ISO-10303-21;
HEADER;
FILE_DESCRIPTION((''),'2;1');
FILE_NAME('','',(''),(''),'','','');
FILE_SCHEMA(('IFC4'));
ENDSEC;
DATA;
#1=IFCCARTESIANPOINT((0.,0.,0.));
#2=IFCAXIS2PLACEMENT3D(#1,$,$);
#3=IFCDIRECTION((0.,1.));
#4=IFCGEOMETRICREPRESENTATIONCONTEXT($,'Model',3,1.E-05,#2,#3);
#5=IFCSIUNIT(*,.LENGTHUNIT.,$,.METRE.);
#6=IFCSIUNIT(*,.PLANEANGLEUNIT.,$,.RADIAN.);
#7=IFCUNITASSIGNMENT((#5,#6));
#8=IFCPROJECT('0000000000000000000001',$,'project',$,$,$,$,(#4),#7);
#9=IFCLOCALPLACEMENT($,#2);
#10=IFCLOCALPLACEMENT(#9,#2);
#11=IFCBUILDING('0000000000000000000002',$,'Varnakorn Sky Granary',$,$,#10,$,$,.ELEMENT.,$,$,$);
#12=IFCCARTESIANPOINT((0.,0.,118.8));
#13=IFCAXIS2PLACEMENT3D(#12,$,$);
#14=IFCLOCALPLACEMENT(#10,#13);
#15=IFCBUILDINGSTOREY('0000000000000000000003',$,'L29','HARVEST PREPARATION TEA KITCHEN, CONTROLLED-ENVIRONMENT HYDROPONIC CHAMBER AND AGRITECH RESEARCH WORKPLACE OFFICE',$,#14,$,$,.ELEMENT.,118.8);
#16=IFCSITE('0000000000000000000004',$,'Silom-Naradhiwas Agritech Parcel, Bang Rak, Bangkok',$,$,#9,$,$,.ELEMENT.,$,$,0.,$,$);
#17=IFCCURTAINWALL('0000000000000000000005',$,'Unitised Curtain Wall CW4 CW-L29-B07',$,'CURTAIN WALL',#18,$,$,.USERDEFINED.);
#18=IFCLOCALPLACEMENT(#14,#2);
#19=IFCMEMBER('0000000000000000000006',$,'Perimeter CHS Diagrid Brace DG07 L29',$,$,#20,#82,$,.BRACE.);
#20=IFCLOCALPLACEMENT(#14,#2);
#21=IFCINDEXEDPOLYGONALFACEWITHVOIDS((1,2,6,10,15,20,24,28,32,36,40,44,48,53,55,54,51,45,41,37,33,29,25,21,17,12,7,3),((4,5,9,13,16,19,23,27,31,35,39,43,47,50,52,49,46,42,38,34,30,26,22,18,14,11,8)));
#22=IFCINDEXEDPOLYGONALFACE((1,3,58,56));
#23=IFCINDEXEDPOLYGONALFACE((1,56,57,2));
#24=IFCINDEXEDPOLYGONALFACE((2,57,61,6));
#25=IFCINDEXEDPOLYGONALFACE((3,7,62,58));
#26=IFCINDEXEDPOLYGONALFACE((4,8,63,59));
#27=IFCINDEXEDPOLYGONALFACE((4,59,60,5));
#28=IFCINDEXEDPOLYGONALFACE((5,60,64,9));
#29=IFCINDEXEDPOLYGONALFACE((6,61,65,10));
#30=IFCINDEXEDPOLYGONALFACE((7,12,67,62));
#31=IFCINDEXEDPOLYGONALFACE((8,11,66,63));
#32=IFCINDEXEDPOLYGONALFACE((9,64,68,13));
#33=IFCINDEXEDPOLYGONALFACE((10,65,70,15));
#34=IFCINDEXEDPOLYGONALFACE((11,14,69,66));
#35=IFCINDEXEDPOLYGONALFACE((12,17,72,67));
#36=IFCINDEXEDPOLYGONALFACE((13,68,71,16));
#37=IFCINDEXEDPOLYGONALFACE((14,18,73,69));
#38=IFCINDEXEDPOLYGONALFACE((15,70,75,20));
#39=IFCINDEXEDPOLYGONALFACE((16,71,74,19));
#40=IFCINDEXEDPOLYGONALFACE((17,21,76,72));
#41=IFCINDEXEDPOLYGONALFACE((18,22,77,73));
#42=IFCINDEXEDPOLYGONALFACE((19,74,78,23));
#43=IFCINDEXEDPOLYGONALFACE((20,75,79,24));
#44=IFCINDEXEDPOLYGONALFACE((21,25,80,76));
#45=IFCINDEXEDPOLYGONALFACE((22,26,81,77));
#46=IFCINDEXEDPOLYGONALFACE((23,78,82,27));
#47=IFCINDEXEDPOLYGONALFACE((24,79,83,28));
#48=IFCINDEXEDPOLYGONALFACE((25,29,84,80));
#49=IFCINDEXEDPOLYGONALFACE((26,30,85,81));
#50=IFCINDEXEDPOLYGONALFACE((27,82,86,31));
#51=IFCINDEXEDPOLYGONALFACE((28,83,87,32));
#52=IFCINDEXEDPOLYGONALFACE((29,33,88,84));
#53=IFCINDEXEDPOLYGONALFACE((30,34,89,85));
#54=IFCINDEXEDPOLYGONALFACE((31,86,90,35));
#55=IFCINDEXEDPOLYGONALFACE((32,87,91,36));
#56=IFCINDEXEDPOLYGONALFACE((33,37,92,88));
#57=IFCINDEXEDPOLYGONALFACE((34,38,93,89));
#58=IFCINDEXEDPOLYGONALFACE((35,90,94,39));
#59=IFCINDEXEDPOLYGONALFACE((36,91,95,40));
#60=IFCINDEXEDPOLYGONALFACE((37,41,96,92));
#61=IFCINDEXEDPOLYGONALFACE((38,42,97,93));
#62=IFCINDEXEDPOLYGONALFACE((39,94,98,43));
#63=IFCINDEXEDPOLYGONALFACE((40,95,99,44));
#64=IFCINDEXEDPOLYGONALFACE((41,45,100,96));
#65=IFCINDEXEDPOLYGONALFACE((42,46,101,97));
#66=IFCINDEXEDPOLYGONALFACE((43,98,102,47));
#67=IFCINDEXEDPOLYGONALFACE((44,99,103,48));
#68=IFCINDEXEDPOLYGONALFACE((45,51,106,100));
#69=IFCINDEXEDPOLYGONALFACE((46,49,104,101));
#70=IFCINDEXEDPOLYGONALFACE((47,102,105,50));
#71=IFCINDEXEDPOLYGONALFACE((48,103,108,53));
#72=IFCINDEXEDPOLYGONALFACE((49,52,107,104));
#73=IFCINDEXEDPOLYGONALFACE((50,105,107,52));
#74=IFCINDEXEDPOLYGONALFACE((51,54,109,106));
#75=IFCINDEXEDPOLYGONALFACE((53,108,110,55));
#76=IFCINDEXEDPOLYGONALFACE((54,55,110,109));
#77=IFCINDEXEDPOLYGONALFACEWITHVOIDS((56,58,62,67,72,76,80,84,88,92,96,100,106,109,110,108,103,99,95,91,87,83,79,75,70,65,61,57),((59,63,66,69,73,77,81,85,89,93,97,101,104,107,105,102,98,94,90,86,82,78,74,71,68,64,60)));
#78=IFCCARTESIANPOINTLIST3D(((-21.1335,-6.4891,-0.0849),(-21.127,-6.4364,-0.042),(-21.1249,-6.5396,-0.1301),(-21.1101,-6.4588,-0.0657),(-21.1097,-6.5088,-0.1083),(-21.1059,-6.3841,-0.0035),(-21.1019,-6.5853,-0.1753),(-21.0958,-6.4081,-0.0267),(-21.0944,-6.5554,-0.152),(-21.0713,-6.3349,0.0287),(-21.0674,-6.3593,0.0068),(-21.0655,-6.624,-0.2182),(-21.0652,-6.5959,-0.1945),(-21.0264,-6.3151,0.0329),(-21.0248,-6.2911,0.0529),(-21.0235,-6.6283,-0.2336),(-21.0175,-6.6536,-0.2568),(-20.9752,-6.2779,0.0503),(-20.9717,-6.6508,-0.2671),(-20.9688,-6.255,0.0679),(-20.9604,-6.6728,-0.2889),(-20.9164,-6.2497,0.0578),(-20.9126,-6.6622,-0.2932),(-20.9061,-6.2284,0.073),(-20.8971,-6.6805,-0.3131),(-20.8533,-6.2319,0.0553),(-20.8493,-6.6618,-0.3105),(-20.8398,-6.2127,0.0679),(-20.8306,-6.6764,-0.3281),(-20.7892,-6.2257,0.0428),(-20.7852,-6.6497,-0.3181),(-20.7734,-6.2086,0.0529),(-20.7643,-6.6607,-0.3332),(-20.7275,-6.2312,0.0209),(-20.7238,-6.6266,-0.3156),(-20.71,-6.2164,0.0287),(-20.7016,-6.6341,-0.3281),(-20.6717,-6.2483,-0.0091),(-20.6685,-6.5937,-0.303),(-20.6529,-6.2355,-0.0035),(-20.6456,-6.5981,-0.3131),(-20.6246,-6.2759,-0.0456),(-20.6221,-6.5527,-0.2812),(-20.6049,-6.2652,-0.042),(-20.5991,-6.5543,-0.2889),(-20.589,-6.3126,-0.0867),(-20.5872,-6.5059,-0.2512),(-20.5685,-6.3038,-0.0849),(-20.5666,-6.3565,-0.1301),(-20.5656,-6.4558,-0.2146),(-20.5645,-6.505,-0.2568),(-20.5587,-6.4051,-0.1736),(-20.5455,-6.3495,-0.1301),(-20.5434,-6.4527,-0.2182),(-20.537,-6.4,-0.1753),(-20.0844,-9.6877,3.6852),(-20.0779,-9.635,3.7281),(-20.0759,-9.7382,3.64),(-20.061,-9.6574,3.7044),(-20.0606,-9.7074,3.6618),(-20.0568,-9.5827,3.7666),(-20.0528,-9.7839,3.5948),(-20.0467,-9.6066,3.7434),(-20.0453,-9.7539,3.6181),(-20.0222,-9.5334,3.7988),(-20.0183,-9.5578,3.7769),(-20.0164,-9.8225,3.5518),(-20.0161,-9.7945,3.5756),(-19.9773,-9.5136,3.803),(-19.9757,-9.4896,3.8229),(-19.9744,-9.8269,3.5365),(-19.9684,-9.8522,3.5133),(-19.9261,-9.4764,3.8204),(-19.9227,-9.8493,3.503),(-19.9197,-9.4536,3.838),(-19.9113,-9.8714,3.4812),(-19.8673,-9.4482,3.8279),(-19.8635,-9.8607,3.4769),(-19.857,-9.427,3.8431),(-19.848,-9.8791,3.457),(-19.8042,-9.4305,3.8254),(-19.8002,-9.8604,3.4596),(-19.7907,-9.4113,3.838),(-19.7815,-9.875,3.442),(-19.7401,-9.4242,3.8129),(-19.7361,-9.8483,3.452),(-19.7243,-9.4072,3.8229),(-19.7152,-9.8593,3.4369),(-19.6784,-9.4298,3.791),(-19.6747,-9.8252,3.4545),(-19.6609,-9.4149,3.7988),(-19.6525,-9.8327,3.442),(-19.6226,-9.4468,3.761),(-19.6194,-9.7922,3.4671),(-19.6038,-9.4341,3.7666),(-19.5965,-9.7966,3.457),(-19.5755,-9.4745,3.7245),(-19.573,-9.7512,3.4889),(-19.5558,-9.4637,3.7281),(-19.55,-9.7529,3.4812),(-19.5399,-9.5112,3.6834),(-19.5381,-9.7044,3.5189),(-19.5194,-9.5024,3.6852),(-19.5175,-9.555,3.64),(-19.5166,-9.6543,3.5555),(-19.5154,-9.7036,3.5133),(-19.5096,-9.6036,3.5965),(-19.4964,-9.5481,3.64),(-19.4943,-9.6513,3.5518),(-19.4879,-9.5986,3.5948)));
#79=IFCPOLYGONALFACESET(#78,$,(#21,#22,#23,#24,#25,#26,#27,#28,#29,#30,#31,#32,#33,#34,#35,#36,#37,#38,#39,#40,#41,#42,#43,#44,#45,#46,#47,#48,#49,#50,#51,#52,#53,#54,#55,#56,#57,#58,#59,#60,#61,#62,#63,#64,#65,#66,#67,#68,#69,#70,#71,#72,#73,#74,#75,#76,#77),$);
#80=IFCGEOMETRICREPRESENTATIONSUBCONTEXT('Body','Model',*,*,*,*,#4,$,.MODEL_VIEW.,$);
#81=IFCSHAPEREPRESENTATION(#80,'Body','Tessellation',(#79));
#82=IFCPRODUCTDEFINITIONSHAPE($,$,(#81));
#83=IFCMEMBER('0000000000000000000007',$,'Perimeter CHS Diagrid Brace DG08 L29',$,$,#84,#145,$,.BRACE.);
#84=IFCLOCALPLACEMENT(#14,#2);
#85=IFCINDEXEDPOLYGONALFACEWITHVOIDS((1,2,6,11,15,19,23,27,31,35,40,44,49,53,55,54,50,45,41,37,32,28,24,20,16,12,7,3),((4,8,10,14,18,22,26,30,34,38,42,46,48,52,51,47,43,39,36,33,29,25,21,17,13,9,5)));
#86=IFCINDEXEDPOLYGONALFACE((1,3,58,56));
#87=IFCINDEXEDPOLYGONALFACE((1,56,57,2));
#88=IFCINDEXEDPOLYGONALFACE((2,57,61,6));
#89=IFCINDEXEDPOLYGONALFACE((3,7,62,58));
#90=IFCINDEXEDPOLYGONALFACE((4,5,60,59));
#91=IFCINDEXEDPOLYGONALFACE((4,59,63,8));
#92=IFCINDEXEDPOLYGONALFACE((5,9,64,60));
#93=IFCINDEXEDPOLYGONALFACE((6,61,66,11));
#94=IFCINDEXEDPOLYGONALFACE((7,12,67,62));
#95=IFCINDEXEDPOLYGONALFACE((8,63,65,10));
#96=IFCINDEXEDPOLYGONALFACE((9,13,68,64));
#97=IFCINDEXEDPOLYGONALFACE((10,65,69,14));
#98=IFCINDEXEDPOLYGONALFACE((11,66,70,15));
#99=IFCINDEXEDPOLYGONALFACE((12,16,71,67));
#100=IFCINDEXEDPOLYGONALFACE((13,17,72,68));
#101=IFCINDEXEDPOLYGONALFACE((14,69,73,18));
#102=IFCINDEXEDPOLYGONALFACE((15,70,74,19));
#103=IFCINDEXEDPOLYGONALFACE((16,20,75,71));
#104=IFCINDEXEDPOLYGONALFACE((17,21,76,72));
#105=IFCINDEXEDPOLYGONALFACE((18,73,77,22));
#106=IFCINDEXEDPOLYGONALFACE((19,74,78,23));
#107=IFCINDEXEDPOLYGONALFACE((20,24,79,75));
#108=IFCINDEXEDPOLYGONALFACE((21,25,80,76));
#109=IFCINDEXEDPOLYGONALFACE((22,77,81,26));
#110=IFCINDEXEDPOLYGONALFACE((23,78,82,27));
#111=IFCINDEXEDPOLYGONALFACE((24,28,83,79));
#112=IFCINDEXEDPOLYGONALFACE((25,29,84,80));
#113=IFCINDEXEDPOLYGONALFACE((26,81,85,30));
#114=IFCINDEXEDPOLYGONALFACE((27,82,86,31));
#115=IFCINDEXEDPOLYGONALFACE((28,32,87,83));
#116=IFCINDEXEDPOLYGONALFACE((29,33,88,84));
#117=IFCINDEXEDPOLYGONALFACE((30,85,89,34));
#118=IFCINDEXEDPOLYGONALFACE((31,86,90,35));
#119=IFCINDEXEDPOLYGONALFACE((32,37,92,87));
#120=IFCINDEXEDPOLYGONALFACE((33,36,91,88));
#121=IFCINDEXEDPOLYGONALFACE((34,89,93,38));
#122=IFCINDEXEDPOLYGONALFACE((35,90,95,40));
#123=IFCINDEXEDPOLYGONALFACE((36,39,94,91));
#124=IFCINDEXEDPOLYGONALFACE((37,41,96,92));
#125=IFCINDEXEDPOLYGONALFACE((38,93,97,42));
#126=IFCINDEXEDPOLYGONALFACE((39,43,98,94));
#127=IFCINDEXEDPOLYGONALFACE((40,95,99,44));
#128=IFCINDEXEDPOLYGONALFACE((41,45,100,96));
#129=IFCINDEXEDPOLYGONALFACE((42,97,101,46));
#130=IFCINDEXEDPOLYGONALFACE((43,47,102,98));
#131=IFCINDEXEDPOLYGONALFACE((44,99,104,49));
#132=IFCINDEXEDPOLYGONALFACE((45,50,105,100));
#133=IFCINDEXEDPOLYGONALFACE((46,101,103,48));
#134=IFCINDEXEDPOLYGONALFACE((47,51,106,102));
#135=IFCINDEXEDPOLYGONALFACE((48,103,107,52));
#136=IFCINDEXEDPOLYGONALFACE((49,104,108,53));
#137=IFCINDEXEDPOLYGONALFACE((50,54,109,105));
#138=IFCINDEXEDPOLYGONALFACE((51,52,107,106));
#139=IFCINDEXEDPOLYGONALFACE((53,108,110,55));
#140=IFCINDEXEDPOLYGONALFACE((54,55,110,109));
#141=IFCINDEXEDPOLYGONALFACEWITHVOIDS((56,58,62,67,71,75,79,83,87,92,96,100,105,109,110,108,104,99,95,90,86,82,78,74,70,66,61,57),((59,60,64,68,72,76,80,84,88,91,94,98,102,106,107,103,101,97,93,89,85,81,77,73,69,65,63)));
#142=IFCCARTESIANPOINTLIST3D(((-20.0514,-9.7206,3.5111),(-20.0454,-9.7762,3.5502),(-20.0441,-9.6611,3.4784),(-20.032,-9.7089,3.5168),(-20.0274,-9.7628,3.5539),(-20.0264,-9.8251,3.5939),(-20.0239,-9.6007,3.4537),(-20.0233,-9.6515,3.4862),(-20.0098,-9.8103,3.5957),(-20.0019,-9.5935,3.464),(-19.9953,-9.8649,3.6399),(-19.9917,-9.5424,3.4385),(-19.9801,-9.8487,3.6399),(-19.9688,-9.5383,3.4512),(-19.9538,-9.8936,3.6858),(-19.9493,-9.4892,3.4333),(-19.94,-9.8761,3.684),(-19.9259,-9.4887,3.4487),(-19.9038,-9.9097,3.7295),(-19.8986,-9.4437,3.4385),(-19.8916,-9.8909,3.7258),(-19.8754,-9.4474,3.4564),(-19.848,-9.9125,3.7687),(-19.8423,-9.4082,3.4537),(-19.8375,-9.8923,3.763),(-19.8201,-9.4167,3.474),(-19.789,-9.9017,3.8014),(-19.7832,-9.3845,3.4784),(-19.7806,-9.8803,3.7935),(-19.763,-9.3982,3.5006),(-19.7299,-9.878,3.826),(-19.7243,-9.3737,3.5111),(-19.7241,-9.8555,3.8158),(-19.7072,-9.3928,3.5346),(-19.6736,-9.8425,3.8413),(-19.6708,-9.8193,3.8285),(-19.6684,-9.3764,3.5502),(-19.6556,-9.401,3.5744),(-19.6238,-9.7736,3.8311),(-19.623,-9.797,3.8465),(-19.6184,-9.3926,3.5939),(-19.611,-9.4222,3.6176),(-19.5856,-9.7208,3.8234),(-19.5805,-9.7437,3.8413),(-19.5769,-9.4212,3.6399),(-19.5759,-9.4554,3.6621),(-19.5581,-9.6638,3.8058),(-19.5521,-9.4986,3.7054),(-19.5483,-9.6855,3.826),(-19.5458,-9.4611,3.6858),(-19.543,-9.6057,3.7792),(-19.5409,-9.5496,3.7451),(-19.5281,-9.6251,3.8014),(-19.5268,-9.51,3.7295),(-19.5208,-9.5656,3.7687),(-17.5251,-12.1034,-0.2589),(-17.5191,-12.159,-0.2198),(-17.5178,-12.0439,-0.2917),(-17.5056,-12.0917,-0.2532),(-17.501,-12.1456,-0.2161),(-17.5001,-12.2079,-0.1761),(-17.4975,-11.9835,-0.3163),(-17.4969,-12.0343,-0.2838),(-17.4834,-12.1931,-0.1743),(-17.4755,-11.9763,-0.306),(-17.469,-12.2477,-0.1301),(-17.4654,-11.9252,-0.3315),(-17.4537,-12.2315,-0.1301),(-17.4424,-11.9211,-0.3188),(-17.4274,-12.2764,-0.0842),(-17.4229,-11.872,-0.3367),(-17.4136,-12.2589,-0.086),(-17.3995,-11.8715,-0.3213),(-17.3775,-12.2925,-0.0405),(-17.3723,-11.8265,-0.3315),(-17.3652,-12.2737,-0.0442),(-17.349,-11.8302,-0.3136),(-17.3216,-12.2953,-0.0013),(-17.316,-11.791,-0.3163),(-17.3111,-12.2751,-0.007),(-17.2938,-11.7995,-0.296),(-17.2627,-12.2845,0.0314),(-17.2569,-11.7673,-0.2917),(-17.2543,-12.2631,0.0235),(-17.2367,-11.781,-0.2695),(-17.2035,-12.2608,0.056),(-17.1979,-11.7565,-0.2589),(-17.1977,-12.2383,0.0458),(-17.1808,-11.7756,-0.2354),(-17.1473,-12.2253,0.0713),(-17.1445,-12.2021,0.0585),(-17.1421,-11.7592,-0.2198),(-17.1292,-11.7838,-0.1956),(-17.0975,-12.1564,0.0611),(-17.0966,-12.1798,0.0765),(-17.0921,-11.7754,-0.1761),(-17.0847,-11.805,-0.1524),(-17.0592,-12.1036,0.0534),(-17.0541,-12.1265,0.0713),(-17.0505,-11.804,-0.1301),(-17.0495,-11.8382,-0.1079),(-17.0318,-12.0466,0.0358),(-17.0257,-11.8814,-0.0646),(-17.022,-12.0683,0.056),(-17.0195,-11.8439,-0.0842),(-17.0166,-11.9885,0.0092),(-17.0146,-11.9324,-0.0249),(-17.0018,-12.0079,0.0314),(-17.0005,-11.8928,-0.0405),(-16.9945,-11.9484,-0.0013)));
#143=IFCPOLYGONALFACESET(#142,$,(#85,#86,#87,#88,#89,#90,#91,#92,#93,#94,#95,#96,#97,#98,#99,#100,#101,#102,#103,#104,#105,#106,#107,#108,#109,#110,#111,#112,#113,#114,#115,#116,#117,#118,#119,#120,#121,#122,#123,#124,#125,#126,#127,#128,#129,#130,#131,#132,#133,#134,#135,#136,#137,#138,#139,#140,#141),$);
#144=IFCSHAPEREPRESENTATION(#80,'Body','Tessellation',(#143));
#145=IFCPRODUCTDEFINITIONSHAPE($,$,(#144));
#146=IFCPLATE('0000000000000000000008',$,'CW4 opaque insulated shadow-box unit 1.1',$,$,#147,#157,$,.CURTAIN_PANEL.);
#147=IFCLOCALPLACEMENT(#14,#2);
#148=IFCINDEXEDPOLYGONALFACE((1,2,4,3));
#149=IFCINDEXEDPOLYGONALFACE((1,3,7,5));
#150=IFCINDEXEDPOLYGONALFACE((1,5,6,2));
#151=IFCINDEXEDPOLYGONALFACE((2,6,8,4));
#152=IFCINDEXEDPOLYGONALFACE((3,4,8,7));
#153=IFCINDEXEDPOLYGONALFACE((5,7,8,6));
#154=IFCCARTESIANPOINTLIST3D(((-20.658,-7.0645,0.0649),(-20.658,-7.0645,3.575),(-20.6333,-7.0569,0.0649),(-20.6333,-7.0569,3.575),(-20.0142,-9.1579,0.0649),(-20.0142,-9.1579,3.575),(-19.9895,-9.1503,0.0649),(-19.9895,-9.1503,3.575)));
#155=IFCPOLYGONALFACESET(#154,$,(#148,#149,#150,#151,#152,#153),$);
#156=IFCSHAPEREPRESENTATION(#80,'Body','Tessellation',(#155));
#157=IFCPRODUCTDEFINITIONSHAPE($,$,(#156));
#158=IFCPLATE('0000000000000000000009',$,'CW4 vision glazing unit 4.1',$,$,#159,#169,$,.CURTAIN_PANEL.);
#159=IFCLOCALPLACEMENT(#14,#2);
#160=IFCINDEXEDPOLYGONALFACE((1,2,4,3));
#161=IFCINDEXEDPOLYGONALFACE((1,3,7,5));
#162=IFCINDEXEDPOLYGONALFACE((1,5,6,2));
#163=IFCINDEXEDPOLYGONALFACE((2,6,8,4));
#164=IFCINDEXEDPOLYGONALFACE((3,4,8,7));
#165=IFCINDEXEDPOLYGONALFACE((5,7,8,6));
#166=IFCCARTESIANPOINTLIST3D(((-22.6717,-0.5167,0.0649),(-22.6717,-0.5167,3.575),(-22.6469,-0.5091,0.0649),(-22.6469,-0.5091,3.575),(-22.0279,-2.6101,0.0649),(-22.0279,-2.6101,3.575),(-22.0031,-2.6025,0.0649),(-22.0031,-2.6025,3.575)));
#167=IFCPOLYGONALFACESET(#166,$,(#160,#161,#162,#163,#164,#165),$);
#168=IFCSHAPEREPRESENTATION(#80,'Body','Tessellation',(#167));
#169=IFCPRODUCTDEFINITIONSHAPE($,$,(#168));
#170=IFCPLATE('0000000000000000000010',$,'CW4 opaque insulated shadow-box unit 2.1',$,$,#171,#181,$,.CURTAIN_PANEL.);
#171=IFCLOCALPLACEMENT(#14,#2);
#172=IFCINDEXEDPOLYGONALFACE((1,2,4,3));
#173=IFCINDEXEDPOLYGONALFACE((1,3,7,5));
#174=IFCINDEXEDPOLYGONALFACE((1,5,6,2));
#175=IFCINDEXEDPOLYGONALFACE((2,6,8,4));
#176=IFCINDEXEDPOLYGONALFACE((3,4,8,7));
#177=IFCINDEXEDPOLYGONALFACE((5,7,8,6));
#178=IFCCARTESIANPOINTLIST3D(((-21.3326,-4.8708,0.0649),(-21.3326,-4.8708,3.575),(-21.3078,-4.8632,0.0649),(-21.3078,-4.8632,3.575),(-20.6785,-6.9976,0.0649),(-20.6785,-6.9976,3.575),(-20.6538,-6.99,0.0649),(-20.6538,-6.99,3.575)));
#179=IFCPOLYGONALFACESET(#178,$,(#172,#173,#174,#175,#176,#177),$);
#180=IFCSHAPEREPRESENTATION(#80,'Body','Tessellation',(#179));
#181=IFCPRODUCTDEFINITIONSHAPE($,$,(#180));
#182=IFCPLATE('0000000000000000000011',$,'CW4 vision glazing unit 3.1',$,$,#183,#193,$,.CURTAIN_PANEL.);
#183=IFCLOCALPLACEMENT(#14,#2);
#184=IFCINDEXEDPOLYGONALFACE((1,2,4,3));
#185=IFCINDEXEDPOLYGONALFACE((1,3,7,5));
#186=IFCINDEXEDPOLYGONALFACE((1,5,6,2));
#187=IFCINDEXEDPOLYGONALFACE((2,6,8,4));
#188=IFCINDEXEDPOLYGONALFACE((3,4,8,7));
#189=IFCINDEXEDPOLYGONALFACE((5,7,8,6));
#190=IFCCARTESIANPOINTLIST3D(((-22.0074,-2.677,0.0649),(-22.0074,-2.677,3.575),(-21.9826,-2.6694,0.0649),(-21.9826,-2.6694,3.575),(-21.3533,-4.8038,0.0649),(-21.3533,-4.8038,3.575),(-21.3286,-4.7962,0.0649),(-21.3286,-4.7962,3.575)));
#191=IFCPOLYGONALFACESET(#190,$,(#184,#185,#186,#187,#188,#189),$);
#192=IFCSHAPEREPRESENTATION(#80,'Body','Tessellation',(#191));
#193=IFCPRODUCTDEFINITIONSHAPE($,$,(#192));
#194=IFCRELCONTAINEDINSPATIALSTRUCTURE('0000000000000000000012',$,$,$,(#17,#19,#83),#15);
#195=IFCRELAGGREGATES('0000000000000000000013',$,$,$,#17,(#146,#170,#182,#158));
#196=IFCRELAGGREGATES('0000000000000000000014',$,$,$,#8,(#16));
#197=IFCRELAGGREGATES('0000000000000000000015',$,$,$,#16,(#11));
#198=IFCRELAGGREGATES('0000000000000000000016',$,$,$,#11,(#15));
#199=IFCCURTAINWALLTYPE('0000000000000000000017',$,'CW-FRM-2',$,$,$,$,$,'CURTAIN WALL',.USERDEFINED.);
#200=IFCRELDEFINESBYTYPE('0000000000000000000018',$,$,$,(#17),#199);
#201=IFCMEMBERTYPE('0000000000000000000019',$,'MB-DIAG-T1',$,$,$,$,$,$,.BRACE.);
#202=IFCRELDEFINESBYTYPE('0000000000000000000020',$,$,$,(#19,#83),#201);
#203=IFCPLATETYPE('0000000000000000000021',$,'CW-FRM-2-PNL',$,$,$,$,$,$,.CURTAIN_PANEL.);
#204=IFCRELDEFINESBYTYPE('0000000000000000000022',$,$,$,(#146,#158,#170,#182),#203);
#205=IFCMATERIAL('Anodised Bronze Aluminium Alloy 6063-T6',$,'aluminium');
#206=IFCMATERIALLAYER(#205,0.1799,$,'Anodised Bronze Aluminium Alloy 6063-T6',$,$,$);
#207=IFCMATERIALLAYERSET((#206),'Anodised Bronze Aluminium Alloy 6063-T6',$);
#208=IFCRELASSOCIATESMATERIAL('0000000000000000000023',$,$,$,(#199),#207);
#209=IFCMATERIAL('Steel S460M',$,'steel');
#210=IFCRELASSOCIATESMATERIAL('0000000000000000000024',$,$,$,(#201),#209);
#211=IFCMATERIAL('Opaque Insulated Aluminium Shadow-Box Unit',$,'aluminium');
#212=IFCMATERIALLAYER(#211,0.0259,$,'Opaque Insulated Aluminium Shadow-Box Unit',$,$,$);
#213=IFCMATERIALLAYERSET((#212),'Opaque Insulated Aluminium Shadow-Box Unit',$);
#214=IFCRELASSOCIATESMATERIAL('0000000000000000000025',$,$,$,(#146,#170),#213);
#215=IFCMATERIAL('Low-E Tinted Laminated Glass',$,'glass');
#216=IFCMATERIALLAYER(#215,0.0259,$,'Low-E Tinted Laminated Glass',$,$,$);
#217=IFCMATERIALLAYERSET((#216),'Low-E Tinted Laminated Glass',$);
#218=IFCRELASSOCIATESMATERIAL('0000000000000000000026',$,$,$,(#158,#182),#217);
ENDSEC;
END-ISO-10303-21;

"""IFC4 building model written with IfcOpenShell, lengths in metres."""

from ifc_helpers import new_model, si_unit, direction, frame, origin, origin_2d, place, context, subcontext, project, spatial, rectangle, hollow_circle, extrude, source, transform, mapped, material, layer, layer_set, material_profile, profile_set, type_object, element, aggregate, save


model = new_model("IFC4")

# Units and contexts
model_context = context("Model", 3, precision=1e-05, world=origin(), true_north=direction((0.0, 1.0)))
body_context = subcontext(model_context, "Body", "Model", "MODEL_VIEW")
ifc_project = project(units=[si_unit("LENGTHUNIT", "METRE"), si_unit("PLANEANGLEUNIT", "RADIAN")], contexts=[model_context])

# Site, building, storey
site_placement = place(None, origin())
site = spatial("IfcSite", under=ifc_project, at=site_placement, Name="Silom-Naradhiwas Agritech Parcel, Bang Rak, Bangkok", CompositionType="ELEMENT", RefElevation=0.0)
building_placement = place(site_placement, origin())
building = spatial("IfcBuilding", under=site, at=building_placement, Name="Varnakorn Sky Granary", CompositionType="ELEMENT")
storey_placement = place(building_placement, frame((0.0, 0.0, 118.8)))
storey = spatial("IfcBuildingStorey", under=building, at=storey_placement, Name="L29", Description="HARVEST PREPARATION TEA KITCHEN, CONTROLLED-ENVIRONMENT HYDROPONIC CHAMBER AND AGRITECH RESEARCH WORKPLACE OFFICE", CompositionType="ELEMENT", Elevation=118.8)

# Shared definitions
ifc_material_1 = material(Name="Steel S460M", Category="steel")

# Curtain wall
ifc_material_2 = material(Name="Anodised Bronze Aluminium Alloy 6063-T6", Category="aluminium")
ifc_layer_1 = layer(ifc_material_2, 0.1799, Name="Anodised Bronze Aluminium Alloy 6063-T6")
ifc_layer_set_1 = layer_set([ifc_layer_1], Name="Anodised Bronze Aluminium Alloy 6063-T6")
curtain_wall_type = type_object("IfcCurtainWallType", Name="CW-FRM-2", ElementType="CURTAIN WALL", PredefinedType="USERDEFINED", material=ifc_layer_set_1)
curtain_wall_1_placement = place(storey_placement, origin())
curtain_wall_1 = element("IfcCurtainWall", 1, at=curtain_wall_1_placement, inside=storey, type_object=curtain_wall_type, Name="Unitised Curtain Wall CW4 CW-L29-B07", ObjectType="CURTAIN WALL", PredefinedType="USERDEFINED")

# Members
ifc_material_profile_1 = material_profile(ifc_material_1, hollow_circle(Radius=0.3049, WallThickness=0.0222, at=origin_2d()), Name="CHS 610x22")
ifc_profile_set_1 = profile_set([ifc_material_profile_1], Name="Steel S460M")
member_type_1 = type_object("IfcMemberType", Name="MB-DIAG-T1", PredefinedType="BRACE", material=ifc_profile_set_1)
member_1_placement = place(storey_placement, frame((-20.8352, -6.4446, -0.1301), z_axis=(0.207569, -0.63285, 0.745933), x_axis=(0.950195, 0.311655, 0.0)))
element("IfcMember", 2, at=member_1_placement, inside=storey, type_object=member_type_1, Name="Perimeter CHS Diagrid Brace DG07 L29", PredefinedType="BRACE", context=body_context, shape_type="SweptSolid", body=[
    extrude(hollow_circle(Radius=0.3049, WallThickness=0.0222, at=origin_2d()), origin(), (0.0, 0.0, 1.0), 5.0542),
])
member_2_placement = place(storey_placement, frame((-17.2598, -12.0259, -0.1301), z_axis=(-0.492877, 0.46487, 0.735505), x_axis=(-0.686136, -0.727473, 0.0)))
element("IfcMember", 3, at=member_2_placement, inside=storey, type_object=member_type_1, Name="Perimeter CHS Diagrid Brace DG08 L29", PredefinedType="BRACE", context=body_context, shape_type="SweptSolid", body=[
    extrude(hollow_circle(Radius=0.3049, WallThickness=0.0222, at=origin_2d()), origin(), (0.0, 0.0, 1.0), 5.1257),
])

# Plates
ifc_material_3 = material(Name="Opaque Insulated Aluminium Shadow-Box Unit", Category="aluminium")
ifc_layer_2 = layer(ifc_material_3, 0.0259, Name="Opaque Insulated Aluminium Shadow-Box Unit")
ifc_layer_set_2 = layer_set([ifc_layer_2], Name="Opaque Insulated Aluminium Shadow-Box Unit")
plate_type = type_object("IfcPlateType", Name="CW-FRM-2-PNL", PredefinedType="CURTAIN_PANEL")
shared_shape_1 = source(origin(), body_context, "Body", "SweptSolid", [
    extrude(rectangle(XDim=2.1902, YDim=0.0259, at=origin_2d()), origin(), (0.0, 0.0, 1.0), 3.51),
])
plate_1_placement = place(storey_placement, frame((-20.3237, -8.1074, 0.0649), z_axis=(0.0, 0.0, 1.0), x_axis=(-0.29394, 0.955824, 0.0)))
plate_1 = element("IfcPlate", 4, at=plate_1_placement, type_object=plate_type, material=ifc_layer_set_2, Name="CW4 opaque insulated shadow-box unit 1.1", PredefinedType="CURTAIN_PANEL", context=body_context, shape_type="MappedRepresentation", body=[
    mapped(shared_shape_1, transform((0.0, 0.0, 0.0), x_axis=(1.0, 0.0, 0.0), y_axis=(0.0, 1.0, 0.0), z_axis=(0.0, 0.0, 1.0), scale=1.0)),
])
ifc_material_4 = material(Name="Low-E Tinted Laminated Glass", Category="glass")
ifc_layer_3 = layer(ifc_material_4, 0.0259, Name="Low-E Tinted Laminated Glass")
ifc_layer_set_3 = layer_set([ifc_layer_3], Name="Low-E Tinted Laminated Glass")
plate_2_placement = place(storey_placement, frame((-22.3374, -1.5596, 0.0649), z_axis=(0.0, 0.0, 1.0), x_axis=(-0.29394, 0.955824, 0.0)))
plate_2 = element("IfcPlate", 5, at=plate_2_placement, type_object=plate_type, material=ifc_layer_set_3, Name="CW4 vision glazing unit 4.1", PredefinedType="CURTAIN_PANEL", context=body_context, shape_type="MappedRepresentation", body=[
    mapped(shared_shape_1, transform((0.0, 0.0, 0.0), x_axis=(1.0, 0.0, 0.0), y_axis=(0.0, 1.0, 0.0), z_axis=(0.0, 0.0, 1.0), scale=1.0)),
])
shared_shape_2 = source(origin(), body_context, "Body", "SweptSolid", [
    extrude(rectangle(XDim=2.2251, YDim=0.0259, at=origin_2d()), origin(), (0.0, 0.0, 1.0), 3.51),
])
plate_3_placement = place(storey_placement, frame((-20.9932, -5.9304, 0.0649), z_axis=(0.0, 0.0, 1.0), x_axis=(-0.29394, 0.955824, 0.0)))
plate_3 = element("IfcPlate", 6, at=plate_3_placement, type_object=plate_type, material=ifc_layer_set_2, Name="CW4 opaque insulated shadow-box unit 2.1", PredefinedType="CURTAIN_PANEL", context=body_context, shape_type="MappedRepresentation", body=[
    mapped(shared_shape_2, transform((0.0, 0.0, 0.0), x_axis=(1.0, 0.0, 0.0), y_axis=(0.0, 1.0, 0.0), z_axis=(0.0, 0.0, 1.0), scale=1.0)),
])
plate_4_placement = place(storey_placement, frame((-21.668, -3.7366, 0.0649), z_axis=(0.0, 0.0, 1.0), x_axis=(-0.29394, 0.955824, 0.0)))
plate_4 = element("IfcPlate", 7, at=plate_4_placement, type_object=plate_type, material=ifc_layer_set_3, Name="CW4 vision glazing unit 3.1", PredefinedType="CURTAIN_PANEL", context=body_context, shape_type="MappedRepresentation", body=[
    mapped(shared_shape_2, transform((0.0, 0.0, 0.0), x_axis=(1.0, 0.0, 0.0), y_axis=(0.0, 1.0, 0.0), z_axis=(0.0, 0.0, 1.0), scale=1.0)),
])
aggregate(curtain_wall_1, [plate_1, plate_3, plate_4, plate_2])

save(model, "model.ifc")
